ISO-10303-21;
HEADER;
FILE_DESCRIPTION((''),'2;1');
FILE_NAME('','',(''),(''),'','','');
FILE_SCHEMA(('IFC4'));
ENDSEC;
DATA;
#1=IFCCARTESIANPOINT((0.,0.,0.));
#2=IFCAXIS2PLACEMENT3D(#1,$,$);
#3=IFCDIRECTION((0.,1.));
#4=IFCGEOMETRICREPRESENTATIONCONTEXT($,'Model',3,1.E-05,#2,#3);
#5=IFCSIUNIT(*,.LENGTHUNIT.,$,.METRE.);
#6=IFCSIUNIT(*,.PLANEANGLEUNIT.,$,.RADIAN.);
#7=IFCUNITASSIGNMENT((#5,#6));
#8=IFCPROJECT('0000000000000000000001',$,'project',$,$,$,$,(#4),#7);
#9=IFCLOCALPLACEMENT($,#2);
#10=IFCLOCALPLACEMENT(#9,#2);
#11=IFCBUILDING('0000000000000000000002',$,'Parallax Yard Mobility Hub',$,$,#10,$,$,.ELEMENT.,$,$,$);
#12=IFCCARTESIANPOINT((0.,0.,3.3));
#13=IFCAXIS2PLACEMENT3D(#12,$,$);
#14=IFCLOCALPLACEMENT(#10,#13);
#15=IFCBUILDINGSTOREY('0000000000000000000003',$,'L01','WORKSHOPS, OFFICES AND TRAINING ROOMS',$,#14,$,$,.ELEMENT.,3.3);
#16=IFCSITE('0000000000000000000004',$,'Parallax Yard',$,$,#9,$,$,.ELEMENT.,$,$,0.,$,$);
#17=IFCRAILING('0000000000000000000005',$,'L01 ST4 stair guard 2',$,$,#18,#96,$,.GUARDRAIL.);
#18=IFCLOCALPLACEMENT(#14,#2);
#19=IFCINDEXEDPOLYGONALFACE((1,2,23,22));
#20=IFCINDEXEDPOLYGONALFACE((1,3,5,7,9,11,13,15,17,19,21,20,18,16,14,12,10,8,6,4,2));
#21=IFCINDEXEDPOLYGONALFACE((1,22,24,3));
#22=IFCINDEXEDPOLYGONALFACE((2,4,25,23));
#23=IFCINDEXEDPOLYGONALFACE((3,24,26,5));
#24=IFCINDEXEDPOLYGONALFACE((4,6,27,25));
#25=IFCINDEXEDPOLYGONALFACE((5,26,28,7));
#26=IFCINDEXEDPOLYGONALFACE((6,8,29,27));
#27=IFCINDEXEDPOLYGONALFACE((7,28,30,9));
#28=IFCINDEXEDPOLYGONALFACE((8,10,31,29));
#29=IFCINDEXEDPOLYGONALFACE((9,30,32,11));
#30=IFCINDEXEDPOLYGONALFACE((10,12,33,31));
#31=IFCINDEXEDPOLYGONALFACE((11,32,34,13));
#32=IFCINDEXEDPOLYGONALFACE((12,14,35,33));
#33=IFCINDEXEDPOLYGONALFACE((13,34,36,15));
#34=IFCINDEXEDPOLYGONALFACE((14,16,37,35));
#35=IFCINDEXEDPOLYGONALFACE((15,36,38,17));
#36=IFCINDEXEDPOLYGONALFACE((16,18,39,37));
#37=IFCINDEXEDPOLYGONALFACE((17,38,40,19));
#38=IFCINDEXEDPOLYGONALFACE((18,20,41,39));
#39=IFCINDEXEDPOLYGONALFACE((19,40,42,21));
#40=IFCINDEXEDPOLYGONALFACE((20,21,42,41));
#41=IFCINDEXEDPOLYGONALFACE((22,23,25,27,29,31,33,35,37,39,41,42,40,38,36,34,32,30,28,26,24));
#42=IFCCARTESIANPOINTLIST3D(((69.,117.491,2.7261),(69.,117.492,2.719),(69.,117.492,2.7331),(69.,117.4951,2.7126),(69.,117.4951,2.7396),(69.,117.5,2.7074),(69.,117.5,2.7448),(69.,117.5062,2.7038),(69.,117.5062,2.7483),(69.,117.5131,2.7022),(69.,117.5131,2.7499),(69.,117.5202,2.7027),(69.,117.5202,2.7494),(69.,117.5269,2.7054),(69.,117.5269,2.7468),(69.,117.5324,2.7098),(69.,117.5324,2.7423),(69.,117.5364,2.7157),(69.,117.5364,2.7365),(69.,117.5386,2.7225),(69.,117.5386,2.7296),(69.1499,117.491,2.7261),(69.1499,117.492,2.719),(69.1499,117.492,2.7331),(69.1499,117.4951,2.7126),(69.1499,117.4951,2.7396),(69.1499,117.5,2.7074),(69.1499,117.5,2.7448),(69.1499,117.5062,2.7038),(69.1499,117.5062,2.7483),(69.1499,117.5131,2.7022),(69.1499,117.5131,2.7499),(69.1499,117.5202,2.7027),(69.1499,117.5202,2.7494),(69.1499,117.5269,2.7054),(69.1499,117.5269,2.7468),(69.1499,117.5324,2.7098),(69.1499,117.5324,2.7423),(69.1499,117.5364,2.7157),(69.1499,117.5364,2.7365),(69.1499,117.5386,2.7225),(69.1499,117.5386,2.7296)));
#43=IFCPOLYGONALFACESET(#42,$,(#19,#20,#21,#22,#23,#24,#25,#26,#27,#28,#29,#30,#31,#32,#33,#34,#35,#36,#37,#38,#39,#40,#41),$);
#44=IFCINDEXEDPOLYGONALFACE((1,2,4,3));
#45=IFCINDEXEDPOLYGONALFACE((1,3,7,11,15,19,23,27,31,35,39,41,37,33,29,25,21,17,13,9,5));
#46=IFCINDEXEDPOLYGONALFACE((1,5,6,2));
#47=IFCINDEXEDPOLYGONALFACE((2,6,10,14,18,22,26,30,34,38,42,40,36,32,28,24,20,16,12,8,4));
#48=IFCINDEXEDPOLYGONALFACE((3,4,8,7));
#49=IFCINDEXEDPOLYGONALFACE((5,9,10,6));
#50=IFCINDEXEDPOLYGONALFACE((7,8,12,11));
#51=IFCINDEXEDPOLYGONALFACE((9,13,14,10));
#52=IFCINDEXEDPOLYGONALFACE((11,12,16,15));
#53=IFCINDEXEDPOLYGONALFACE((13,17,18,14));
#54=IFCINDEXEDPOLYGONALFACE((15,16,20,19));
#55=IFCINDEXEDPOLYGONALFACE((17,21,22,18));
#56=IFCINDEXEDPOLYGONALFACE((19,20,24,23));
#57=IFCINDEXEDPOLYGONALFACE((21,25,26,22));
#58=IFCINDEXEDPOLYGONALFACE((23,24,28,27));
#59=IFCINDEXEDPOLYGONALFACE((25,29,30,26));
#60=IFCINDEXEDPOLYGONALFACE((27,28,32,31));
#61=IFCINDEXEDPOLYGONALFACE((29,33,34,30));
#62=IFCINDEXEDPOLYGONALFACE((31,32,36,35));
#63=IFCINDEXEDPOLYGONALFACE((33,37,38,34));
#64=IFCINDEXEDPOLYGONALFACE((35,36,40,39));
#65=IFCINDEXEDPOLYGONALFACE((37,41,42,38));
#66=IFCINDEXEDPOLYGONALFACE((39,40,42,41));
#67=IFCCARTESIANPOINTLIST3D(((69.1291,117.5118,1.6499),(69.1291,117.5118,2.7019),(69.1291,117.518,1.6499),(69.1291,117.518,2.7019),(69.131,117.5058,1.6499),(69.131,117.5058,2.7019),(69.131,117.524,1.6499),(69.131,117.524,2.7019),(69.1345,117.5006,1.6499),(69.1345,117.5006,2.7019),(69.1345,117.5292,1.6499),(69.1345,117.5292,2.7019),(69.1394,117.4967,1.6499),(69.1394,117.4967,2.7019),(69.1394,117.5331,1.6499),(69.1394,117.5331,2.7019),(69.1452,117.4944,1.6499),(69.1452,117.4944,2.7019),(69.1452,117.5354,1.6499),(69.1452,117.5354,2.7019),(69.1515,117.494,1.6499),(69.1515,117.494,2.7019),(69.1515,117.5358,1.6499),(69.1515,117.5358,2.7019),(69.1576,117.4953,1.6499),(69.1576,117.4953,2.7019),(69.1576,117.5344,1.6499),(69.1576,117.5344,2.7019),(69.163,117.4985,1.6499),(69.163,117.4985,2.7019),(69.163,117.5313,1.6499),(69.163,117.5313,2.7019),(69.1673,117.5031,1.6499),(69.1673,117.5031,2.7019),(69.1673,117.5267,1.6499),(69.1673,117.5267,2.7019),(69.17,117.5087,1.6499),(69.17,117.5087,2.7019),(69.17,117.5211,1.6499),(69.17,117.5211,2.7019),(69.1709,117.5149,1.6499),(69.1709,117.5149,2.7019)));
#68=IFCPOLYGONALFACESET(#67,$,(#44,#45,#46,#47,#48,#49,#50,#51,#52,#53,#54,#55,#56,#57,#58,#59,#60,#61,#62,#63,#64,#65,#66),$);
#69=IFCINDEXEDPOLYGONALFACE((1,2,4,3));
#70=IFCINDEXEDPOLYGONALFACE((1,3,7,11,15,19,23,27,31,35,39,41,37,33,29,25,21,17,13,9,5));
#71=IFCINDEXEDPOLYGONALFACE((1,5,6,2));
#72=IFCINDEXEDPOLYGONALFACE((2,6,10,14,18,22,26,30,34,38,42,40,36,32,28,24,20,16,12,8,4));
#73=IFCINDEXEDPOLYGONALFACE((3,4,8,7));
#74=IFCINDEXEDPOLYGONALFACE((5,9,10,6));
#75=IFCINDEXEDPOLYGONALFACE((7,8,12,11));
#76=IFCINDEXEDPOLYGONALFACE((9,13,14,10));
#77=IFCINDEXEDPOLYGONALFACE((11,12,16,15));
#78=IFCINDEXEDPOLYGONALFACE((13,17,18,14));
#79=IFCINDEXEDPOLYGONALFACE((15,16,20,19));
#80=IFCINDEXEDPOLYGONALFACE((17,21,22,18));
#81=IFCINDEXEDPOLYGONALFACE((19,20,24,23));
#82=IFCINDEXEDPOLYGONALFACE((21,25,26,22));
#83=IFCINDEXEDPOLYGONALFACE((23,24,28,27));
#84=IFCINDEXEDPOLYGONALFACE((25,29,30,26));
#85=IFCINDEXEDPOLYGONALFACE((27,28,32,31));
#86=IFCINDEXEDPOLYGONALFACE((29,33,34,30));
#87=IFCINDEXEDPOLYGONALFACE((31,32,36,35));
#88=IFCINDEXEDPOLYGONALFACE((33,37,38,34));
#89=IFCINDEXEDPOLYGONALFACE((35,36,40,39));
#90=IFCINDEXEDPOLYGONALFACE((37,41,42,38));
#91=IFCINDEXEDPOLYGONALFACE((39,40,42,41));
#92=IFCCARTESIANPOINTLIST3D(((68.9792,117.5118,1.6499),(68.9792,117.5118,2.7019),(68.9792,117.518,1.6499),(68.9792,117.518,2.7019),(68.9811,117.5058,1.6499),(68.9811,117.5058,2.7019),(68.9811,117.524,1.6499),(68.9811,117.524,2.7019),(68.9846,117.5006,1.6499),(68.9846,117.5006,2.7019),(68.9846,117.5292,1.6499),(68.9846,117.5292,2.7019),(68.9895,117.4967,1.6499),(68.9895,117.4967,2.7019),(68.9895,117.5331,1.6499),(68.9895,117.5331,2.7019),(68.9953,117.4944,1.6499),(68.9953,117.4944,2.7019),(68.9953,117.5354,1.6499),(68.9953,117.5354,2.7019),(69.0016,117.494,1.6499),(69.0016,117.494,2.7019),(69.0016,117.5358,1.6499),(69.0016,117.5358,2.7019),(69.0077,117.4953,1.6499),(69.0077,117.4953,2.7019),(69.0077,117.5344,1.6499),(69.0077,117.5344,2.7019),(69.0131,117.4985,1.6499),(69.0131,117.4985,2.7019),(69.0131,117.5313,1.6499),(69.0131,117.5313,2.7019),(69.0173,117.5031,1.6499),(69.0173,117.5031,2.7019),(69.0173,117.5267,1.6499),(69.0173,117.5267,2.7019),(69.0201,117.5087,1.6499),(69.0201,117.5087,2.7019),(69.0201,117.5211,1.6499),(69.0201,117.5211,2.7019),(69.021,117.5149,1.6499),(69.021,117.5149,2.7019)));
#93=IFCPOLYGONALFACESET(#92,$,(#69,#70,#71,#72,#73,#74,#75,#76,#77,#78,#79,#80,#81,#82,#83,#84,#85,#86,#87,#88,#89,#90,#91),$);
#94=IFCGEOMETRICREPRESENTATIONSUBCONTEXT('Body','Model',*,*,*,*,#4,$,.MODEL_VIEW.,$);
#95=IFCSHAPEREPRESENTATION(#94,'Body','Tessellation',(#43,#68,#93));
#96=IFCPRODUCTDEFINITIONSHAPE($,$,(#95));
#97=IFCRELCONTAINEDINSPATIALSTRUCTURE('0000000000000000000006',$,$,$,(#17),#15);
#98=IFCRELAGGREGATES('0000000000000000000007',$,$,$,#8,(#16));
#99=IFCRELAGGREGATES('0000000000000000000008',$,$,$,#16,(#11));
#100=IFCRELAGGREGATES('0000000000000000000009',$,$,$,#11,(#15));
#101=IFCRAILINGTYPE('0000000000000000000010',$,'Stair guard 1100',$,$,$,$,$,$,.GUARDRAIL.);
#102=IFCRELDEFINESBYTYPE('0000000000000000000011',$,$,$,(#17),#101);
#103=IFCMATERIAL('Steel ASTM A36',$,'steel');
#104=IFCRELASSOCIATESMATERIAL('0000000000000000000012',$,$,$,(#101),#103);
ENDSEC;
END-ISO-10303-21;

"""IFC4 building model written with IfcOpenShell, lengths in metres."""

from ifc_helpers import new_model, si_unit, direction, frame, origin, origin_2d, place, context, subcontext, project, spatial, circle, extrude, material, type_object, element, save


model = new_model("IFC4")

# Units and contexts
model_context = context("Model", 3, precision=1e-05, world=origin(), true_north=direction((0.0, 1.0)))
body_context = subcontext(model_context, "Body", "Model", "MODEL_VIEW")
ifc_project = project(units=[si_unit("LENGTHUNIT", "METRE"), si_unit("PLANEANGLEUNIT", "RADIAN")], contexts=[model_context])

# Site, building, storey
site_placement = place(None, origin())
site = spatial("IfcSite", under=ifc_project, at=site_placement, Name="Parallax Yard", CompositionType="ELEMENT", RefElevation=0.0)
building_placement = place(site_placement, origin())
building = spatial("IfcBuilding", under=site, at=building_placement, Name="Parallax Yard Mobility Hub", CompositionType="ELEMENT")
storey_placement = place(building_placement, frame((0.0, 0.0, 3.3)))
storey = spatial("IfcBuildingStorey", under=building, at=storey_placement, Name="L01", Description="WORKSHOPS, OFFICES AND TRAINING ROOMS", CompositionType="ELEMENT", Elevation=3.3)

# Railing
ifc_material_1 = material(Name="Steel ASTM A36", Category="steel")
railing_type_1 = type_object("IfcRailingType", Name="Stair guard 1100", PredefinedType="GUARDRAIL", material=ifc_material_1)
railing_1_placement = place(storey_placement, frame((69.1499, 117.5149, 1.6499)))
element("IfcRailing", 1, at=railing_1_placement, inside=storey, type_object=railing_type_1, Name="L01 ST4 stair guard 2", PredefinedType="GUARDRAIL", context=body_context, shape_type="SweptSolid", body=[
    extrude(circle(Radius=0.0239, at=origin_2d()), frame((0.0, 0.0, 1.0762), z_axis=(-1.0, 0.0, 0.0), x_axis=(0.0, -1.0, 0.0)), (0.0, 0.0, 1.0), 0.1499),
    extrude(circle(Radius=0.021, at=origin_2d()), origin(), (0.0, 0.0, 1.0), 1.052),
    extrude(circle(Radius=0.021, at=origin_2d()), frame((-0.1499, 0.0, 0.0)), (0.0, 0.0, 1.0), 1.052),
])

save(model, "model.ifc")
